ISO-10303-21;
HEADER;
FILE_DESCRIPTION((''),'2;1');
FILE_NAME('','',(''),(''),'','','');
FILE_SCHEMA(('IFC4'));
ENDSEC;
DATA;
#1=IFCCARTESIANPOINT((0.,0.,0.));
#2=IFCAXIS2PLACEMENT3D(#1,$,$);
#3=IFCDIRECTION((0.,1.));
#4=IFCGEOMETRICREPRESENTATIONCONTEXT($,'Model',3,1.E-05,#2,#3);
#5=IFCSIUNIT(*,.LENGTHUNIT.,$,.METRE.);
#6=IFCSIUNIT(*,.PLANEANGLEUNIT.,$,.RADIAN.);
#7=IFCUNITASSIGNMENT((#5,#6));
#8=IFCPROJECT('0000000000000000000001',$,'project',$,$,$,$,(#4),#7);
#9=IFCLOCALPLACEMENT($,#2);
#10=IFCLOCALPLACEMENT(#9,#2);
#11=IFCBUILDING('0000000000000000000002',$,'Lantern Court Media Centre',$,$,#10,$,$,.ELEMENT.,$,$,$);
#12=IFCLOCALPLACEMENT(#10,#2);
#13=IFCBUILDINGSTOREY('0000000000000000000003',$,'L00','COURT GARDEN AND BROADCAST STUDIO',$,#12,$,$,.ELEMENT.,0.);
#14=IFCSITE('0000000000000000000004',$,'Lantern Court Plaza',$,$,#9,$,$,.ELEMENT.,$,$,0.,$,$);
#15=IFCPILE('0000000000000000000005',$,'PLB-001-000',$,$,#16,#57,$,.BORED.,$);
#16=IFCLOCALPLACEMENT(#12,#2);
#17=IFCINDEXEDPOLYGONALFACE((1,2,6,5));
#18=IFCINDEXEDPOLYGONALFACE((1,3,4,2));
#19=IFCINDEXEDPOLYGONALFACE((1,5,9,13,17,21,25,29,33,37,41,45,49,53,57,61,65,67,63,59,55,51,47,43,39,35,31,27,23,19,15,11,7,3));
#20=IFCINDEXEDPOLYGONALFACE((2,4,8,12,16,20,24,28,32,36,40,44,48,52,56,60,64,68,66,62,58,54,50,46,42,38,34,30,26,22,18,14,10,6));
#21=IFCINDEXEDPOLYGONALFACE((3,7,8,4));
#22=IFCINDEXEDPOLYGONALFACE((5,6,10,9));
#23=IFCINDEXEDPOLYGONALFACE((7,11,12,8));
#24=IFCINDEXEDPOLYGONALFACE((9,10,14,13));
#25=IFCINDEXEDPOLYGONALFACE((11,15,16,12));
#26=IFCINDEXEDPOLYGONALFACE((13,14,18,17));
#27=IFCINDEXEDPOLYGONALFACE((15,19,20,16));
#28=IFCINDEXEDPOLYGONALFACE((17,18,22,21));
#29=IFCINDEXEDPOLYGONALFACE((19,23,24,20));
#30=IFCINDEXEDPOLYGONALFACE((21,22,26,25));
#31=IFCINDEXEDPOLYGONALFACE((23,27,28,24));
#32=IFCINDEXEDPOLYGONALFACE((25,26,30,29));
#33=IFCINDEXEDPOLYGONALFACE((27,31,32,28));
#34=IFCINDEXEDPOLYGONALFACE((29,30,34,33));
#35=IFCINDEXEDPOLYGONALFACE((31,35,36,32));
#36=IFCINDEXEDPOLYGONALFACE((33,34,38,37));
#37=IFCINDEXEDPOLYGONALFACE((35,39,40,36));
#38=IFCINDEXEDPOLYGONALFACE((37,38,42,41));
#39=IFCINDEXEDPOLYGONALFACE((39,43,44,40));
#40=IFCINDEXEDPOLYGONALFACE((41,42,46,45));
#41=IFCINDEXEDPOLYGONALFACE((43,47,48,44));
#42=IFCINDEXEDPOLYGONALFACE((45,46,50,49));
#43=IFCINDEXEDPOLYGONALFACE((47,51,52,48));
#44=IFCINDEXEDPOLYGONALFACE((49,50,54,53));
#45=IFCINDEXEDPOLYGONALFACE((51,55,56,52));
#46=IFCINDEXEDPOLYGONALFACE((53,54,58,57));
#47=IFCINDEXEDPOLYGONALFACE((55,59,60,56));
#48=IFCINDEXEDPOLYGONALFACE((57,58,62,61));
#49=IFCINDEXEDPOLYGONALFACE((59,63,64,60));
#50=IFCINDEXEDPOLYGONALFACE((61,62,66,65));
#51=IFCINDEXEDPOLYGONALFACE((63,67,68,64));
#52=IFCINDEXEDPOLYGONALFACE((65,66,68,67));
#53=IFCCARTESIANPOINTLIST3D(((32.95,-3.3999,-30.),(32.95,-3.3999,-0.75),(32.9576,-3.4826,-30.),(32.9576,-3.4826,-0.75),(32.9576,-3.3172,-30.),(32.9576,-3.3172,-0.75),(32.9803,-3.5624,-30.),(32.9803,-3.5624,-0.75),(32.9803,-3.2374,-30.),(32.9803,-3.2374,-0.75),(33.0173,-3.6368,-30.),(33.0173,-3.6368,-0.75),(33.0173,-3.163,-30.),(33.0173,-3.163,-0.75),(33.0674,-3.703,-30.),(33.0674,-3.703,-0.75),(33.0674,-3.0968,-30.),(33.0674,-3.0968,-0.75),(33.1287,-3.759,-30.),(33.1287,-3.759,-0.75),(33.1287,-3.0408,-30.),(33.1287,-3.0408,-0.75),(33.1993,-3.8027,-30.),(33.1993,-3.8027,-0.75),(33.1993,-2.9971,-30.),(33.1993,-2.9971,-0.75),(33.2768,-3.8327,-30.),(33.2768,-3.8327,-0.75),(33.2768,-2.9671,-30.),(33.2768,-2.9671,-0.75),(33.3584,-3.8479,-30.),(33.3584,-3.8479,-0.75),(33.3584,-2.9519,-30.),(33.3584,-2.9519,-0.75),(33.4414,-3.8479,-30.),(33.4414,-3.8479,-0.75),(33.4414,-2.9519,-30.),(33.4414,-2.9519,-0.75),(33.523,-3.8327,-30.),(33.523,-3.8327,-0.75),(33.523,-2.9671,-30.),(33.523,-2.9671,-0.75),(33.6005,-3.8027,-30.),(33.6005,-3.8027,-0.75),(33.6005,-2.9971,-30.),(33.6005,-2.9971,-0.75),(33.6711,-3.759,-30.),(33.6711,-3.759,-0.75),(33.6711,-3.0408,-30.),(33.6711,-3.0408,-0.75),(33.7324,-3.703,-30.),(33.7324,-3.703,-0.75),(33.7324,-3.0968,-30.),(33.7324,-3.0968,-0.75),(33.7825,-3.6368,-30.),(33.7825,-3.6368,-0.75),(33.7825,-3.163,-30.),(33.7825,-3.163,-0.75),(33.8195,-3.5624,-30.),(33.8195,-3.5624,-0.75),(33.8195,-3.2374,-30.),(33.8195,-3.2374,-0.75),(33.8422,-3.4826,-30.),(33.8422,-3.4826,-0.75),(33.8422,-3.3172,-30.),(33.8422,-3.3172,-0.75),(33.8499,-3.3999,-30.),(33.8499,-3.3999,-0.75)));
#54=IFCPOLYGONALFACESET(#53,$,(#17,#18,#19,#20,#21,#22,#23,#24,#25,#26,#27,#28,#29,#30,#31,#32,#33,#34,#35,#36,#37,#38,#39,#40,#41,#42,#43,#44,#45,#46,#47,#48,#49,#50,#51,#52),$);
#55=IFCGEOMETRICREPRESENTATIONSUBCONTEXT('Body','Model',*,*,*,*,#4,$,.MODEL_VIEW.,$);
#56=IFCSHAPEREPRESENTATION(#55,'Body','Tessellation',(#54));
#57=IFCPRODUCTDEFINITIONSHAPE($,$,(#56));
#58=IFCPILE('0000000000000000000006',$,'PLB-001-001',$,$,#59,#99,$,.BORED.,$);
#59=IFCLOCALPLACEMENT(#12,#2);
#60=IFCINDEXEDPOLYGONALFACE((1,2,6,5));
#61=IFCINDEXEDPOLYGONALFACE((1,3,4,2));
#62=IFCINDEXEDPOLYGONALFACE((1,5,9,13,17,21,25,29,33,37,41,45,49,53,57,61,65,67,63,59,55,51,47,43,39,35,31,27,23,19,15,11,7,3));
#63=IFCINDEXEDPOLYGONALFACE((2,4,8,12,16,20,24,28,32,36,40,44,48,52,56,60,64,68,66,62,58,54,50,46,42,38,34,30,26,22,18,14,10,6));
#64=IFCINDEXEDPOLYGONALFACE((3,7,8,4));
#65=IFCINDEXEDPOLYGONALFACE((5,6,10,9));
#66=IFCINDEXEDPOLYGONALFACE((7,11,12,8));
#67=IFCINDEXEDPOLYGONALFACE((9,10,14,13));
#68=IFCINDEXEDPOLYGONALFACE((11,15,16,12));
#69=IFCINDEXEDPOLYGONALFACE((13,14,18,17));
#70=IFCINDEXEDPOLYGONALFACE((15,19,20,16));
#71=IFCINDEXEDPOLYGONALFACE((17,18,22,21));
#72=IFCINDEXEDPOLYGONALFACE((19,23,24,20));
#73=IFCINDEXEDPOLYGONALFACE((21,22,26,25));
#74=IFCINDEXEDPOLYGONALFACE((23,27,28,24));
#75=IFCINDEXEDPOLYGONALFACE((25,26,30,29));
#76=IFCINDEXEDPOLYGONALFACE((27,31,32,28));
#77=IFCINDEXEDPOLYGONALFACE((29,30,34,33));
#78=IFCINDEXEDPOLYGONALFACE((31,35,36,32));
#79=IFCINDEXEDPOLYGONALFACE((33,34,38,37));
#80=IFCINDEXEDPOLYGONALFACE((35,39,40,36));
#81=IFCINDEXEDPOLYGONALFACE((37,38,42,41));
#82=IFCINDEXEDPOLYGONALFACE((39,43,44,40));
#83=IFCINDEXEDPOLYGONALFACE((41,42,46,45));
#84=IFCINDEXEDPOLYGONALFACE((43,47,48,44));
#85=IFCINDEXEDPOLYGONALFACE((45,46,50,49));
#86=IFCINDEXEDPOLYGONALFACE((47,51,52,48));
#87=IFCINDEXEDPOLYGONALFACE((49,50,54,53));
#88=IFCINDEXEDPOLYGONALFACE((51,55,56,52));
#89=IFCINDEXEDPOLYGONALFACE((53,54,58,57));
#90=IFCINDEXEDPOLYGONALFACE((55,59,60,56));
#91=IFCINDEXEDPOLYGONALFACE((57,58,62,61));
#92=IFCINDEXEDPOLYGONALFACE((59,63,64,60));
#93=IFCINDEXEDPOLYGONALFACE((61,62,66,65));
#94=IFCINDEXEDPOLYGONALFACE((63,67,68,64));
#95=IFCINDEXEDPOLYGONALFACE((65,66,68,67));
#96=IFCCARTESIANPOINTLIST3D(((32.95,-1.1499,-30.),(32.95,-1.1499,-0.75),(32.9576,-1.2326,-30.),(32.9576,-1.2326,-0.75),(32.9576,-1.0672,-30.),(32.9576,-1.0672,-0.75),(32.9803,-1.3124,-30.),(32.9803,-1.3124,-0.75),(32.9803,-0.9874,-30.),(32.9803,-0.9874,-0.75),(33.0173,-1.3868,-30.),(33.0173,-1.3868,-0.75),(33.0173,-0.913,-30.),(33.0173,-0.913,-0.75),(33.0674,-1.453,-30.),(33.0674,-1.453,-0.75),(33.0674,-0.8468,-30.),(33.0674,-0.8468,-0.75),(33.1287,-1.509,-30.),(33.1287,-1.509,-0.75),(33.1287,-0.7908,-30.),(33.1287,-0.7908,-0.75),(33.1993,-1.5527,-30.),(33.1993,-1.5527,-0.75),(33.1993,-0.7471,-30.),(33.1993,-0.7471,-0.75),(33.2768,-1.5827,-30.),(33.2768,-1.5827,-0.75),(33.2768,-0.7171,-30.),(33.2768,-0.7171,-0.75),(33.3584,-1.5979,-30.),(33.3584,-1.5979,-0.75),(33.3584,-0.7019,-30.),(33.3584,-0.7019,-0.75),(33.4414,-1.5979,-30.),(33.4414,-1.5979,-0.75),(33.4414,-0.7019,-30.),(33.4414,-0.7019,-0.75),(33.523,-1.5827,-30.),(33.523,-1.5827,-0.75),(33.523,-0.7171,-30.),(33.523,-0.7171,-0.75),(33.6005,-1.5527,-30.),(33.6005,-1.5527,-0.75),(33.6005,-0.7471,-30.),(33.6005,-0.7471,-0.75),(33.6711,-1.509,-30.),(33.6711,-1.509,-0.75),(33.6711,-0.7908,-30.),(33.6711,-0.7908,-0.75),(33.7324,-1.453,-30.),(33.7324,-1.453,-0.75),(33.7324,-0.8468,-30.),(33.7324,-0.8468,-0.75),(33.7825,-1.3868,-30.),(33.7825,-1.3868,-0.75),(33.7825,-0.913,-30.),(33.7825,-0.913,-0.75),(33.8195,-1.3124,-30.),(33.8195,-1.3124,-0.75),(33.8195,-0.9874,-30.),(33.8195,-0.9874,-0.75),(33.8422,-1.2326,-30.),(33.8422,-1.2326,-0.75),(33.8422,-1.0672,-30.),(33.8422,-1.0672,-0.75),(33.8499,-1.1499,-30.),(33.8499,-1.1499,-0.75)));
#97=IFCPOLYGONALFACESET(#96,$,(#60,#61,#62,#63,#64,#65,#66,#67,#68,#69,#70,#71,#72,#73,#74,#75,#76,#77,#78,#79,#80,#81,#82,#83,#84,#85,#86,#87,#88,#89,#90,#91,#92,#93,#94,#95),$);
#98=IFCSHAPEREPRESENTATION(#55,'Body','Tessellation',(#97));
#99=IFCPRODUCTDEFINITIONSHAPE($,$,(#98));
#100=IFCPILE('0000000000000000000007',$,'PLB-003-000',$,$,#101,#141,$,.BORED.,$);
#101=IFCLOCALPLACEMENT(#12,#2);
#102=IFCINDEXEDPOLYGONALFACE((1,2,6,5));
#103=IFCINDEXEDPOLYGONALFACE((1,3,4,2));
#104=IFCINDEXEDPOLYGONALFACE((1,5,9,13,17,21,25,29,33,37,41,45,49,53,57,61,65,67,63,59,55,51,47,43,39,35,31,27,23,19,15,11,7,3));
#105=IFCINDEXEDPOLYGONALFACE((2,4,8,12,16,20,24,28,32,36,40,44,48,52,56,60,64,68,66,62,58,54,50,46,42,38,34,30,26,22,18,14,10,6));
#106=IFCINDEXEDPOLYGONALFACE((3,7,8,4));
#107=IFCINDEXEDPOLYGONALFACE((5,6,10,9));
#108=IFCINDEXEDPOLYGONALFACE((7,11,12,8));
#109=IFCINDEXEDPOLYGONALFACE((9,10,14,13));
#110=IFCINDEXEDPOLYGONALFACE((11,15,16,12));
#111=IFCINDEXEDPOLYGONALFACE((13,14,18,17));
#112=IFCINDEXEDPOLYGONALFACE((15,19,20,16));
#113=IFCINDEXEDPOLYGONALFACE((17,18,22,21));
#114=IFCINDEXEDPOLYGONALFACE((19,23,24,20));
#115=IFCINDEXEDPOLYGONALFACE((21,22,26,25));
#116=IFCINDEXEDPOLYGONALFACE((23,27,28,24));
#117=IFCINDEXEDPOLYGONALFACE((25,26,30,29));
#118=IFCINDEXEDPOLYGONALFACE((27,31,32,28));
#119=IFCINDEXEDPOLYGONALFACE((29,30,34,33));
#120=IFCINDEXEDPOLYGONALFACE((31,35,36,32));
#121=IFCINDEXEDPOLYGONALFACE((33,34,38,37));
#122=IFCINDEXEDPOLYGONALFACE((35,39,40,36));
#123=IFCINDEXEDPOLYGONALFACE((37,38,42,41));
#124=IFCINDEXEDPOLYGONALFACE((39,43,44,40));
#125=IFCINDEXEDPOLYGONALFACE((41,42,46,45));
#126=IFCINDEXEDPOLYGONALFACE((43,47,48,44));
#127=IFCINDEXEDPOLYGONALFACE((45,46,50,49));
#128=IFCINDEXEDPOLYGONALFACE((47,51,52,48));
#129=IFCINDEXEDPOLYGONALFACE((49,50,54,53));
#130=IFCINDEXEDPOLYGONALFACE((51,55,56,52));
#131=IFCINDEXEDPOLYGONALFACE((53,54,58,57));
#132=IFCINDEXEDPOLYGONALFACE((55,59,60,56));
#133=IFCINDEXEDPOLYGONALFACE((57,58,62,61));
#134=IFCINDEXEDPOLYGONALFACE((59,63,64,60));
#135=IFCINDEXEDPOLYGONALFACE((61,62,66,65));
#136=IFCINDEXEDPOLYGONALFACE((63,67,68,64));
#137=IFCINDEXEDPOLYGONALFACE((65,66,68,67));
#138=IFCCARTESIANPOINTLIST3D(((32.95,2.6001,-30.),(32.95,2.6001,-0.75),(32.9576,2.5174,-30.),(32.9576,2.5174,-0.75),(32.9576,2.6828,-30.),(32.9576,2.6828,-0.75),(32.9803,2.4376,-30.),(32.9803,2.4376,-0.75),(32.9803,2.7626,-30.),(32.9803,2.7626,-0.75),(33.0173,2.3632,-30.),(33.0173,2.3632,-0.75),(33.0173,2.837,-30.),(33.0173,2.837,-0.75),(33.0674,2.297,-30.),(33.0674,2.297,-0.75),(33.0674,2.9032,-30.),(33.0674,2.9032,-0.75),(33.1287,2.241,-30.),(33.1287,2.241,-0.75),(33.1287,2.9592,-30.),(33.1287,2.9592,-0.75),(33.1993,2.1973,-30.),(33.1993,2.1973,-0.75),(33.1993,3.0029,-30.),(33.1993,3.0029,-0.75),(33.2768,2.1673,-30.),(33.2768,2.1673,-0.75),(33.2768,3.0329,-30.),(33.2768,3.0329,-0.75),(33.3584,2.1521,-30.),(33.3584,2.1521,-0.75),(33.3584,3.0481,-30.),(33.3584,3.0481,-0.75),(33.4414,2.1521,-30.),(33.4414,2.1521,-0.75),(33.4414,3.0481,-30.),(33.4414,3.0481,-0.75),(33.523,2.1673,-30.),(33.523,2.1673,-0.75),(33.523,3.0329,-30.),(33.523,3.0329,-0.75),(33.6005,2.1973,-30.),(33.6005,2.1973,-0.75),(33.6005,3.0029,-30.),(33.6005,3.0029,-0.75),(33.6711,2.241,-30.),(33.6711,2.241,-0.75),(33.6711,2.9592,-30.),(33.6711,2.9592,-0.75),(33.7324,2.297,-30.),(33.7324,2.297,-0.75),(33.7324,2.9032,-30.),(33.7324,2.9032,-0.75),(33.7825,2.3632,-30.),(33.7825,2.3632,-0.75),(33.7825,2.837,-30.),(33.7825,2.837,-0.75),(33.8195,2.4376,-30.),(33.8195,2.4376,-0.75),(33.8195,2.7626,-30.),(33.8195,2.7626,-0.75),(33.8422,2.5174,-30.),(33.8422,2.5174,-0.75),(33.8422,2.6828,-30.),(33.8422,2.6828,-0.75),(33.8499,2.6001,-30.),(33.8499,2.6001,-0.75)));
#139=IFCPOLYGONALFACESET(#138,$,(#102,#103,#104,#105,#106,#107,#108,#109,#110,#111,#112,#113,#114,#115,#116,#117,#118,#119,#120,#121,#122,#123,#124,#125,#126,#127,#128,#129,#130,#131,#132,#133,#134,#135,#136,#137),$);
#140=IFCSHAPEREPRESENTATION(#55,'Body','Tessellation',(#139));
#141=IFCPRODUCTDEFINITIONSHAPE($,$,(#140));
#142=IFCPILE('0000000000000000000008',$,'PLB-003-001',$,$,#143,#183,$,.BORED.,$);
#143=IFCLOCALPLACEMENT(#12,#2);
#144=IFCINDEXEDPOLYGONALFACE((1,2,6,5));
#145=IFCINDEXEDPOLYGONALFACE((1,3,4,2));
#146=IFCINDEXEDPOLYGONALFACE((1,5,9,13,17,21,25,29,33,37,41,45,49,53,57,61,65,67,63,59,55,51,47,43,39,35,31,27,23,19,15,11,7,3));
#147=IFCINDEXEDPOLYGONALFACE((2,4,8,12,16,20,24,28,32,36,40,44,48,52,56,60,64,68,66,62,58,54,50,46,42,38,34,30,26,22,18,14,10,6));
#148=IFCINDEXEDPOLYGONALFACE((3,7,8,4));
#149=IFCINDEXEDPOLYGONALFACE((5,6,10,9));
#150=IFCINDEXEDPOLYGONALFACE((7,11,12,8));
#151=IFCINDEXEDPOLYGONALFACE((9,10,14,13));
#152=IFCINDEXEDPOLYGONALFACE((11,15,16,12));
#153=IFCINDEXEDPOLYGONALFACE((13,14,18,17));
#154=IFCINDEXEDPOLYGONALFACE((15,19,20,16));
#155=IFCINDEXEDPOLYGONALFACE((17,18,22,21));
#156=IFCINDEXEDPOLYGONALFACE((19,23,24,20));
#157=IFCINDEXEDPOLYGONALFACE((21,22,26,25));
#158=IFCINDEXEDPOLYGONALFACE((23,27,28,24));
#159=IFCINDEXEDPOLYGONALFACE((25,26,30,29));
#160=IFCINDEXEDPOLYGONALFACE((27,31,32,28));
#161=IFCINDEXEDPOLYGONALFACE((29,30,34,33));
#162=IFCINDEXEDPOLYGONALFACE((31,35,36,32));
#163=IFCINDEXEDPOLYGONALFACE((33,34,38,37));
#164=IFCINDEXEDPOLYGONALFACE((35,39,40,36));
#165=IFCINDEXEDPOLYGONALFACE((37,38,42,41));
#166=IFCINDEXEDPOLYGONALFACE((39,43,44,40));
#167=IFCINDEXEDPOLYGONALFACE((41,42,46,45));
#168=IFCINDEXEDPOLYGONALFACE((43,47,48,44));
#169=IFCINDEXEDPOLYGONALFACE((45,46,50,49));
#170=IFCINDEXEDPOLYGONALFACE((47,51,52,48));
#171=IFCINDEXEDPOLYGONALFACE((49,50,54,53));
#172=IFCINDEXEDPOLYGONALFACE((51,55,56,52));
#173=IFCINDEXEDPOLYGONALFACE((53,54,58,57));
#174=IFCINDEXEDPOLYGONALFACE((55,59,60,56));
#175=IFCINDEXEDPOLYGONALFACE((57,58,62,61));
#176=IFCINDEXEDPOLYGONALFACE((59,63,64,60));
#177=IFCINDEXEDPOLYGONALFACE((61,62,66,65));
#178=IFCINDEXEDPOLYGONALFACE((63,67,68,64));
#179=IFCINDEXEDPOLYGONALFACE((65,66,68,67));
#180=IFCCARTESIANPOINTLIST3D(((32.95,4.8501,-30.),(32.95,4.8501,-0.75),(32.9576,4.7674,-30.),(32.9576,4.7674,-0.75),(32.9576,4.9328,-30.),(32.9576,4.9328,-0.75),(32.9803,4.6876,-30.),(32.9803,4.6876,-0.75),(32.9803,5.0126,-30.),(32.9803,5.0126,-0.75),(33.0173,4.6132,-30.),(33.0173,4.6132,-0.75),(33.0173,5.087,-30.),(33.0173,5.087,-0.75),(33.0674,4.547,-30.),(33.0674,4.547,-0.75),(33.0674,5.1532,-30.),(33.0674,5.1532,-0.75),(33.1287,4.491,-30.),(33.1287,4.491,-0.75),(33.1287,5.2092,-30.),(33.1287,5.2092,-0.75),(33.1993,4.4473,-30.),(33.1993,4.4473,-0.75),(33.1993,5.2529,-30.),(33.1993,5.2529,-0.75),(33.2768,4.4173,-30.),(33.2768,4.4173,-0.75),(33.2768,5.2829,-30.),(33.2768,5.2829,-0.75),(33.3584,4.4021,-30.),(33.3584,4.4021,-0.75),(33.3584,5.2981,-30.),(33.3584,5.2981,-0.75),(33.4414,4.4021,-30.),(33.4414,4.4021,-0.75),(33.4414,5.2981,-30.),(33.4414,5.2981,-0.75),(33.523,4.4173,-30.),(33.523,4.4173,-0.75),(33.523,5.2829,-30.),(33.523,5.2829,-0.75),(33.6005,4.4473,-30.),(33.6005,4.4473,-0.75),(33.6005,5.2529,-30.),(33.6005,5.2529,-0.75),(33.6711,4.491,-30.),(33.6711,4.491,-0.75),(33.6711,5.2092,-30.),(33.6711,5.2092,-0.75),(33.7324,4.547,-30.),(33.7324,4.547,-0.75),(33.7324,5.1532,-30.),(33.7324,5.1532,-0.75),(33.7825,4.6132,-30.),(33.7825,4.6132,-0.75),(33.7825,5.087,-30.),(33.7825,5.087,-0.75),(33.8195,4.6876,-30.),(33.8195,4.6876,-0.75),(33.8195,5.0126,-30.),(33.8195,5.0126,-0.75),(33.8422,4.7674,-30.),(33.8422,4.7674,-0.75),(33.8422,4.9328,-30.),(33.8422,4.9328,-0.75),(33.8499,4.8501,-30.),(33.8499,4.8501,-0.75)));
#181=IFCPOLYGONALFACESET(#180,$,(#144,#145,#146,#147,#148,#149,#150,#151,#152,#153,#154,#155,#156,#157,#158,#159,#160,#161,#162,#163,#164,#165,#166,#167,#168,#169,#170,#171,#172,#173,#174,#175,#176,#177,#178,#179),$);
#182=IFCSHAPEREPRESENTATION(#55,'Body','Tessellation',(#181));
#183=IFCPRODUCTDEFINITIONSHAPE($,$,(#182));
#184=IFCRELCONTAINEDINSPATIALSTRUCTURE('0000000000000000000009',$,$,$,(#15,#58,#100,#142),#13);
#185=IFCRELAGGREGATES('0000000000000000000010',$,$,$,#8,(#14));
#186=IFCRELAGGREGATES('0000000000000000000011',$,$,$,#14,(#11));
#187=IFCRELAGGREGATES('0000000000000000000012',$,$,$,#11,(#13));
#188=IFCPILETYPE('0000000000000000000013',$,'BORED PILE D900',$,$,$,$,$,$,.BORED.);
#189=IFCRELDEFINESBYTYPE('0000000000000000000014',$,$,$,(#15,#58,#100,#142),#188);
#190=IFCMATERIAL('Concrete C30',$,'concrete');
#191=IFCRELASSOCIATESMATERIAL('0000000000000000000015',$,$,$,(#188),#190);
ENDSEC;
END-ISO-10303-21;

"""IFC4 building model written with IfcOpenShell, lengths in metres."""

from ifc_helpers import new_model, si_unit, direction, frame, origin, origin_2d, place, context, subcontext, project, spatial, circle, extrude, material, material_profile, profile_set, type_object, element, save


model = new_model("IFC4")

# Units and contexts
model_context = context("Model", 3, precision=1e-05, world=origin(), true_north=direction((0.0, 1.0)))
body_context = subcontext(model_context, "Body", "Model", "MODEL_VIEW")
ifc_project = project(units=[si_unit("LENGTHUNIT", "METRE"), si_unit("PLANEANGLEUNIT", "RADIAN")], contexts=[model_context])

# Site, building, storey
site_placement = place(None, origin())
site = spatial("IfcSite", under=ifc_project, at=site_placement, Name="Lantern Court Plaza", CompositionType="ELEMENT", RefElevation=0.0)
building_placement = place(site_placement, origin())
building = spatial("IfcBuilding", under=site, at=building_placement, Name="Lantern Court Media Centre", CompositionType="ELEMENT")
storey_placement = place(building_placement, origin())
storey = spatial("IfcBuildingStorey", under=building, at=storey_placement, Name="L00", Description="COURT GARDEN AND BROADCAST STUDIO", CompositionType="ELEMENT", Elevation=0.0)

# Piles
ifc_material_1 = material(Name="Concrete C30", Category="concrete")
ifc_material_profile_1 = material_profile(ifc_material_1, circle(Radius=0.45, at=origin_2d()), Name="D900")
ifc_profile_set_1 = profile_set([ifc_material_profile_1], Name="Concrete C30")
pile_type = type_object("IfcPileType", Name="BORED PILE D900", PredefinedType="BORED", material=ifc_profile_set_1)
for number, where, z_axis, x_axis, name in (
    (1, (33.3999, -3.3999, -0.75), (0.0, 0.0, -1.0), (1.0, 0.0, 0.0), "PLB-001-000"),
    (2, (33.3999, -1.1499, -0.75), (0.0, 0.0, -1.0), (1.0, 0.0, 0.0), "PLB-001-001"),
    (3, (33.3999, 2.6001, -0.75), (0.0, 0.0, -1.0), (1.0, 0.0, 0.0), "PLB-003-000"),
    (4, (33.3999, 4.8501, -0.75), (0.0, 0.0, -1.0), (1.0, 0.0, 0.0), "PLB-003-001"),
):
    element("IfcPile", number, at=place(storey_placement, frame(where, z_axis=z_axis, x_axis=x_axis)), inside=storey, type_object=pile_type, Name=name, PredefinedType="BORED", context=body_context, shape_type="SweptSolid", body=[
        extrude(circle(Radius=0.45, at=origin_2d()), origin(), (0.0, 0.0, 1.0), 29.25),
    ])

save(model, "model.ifc")
